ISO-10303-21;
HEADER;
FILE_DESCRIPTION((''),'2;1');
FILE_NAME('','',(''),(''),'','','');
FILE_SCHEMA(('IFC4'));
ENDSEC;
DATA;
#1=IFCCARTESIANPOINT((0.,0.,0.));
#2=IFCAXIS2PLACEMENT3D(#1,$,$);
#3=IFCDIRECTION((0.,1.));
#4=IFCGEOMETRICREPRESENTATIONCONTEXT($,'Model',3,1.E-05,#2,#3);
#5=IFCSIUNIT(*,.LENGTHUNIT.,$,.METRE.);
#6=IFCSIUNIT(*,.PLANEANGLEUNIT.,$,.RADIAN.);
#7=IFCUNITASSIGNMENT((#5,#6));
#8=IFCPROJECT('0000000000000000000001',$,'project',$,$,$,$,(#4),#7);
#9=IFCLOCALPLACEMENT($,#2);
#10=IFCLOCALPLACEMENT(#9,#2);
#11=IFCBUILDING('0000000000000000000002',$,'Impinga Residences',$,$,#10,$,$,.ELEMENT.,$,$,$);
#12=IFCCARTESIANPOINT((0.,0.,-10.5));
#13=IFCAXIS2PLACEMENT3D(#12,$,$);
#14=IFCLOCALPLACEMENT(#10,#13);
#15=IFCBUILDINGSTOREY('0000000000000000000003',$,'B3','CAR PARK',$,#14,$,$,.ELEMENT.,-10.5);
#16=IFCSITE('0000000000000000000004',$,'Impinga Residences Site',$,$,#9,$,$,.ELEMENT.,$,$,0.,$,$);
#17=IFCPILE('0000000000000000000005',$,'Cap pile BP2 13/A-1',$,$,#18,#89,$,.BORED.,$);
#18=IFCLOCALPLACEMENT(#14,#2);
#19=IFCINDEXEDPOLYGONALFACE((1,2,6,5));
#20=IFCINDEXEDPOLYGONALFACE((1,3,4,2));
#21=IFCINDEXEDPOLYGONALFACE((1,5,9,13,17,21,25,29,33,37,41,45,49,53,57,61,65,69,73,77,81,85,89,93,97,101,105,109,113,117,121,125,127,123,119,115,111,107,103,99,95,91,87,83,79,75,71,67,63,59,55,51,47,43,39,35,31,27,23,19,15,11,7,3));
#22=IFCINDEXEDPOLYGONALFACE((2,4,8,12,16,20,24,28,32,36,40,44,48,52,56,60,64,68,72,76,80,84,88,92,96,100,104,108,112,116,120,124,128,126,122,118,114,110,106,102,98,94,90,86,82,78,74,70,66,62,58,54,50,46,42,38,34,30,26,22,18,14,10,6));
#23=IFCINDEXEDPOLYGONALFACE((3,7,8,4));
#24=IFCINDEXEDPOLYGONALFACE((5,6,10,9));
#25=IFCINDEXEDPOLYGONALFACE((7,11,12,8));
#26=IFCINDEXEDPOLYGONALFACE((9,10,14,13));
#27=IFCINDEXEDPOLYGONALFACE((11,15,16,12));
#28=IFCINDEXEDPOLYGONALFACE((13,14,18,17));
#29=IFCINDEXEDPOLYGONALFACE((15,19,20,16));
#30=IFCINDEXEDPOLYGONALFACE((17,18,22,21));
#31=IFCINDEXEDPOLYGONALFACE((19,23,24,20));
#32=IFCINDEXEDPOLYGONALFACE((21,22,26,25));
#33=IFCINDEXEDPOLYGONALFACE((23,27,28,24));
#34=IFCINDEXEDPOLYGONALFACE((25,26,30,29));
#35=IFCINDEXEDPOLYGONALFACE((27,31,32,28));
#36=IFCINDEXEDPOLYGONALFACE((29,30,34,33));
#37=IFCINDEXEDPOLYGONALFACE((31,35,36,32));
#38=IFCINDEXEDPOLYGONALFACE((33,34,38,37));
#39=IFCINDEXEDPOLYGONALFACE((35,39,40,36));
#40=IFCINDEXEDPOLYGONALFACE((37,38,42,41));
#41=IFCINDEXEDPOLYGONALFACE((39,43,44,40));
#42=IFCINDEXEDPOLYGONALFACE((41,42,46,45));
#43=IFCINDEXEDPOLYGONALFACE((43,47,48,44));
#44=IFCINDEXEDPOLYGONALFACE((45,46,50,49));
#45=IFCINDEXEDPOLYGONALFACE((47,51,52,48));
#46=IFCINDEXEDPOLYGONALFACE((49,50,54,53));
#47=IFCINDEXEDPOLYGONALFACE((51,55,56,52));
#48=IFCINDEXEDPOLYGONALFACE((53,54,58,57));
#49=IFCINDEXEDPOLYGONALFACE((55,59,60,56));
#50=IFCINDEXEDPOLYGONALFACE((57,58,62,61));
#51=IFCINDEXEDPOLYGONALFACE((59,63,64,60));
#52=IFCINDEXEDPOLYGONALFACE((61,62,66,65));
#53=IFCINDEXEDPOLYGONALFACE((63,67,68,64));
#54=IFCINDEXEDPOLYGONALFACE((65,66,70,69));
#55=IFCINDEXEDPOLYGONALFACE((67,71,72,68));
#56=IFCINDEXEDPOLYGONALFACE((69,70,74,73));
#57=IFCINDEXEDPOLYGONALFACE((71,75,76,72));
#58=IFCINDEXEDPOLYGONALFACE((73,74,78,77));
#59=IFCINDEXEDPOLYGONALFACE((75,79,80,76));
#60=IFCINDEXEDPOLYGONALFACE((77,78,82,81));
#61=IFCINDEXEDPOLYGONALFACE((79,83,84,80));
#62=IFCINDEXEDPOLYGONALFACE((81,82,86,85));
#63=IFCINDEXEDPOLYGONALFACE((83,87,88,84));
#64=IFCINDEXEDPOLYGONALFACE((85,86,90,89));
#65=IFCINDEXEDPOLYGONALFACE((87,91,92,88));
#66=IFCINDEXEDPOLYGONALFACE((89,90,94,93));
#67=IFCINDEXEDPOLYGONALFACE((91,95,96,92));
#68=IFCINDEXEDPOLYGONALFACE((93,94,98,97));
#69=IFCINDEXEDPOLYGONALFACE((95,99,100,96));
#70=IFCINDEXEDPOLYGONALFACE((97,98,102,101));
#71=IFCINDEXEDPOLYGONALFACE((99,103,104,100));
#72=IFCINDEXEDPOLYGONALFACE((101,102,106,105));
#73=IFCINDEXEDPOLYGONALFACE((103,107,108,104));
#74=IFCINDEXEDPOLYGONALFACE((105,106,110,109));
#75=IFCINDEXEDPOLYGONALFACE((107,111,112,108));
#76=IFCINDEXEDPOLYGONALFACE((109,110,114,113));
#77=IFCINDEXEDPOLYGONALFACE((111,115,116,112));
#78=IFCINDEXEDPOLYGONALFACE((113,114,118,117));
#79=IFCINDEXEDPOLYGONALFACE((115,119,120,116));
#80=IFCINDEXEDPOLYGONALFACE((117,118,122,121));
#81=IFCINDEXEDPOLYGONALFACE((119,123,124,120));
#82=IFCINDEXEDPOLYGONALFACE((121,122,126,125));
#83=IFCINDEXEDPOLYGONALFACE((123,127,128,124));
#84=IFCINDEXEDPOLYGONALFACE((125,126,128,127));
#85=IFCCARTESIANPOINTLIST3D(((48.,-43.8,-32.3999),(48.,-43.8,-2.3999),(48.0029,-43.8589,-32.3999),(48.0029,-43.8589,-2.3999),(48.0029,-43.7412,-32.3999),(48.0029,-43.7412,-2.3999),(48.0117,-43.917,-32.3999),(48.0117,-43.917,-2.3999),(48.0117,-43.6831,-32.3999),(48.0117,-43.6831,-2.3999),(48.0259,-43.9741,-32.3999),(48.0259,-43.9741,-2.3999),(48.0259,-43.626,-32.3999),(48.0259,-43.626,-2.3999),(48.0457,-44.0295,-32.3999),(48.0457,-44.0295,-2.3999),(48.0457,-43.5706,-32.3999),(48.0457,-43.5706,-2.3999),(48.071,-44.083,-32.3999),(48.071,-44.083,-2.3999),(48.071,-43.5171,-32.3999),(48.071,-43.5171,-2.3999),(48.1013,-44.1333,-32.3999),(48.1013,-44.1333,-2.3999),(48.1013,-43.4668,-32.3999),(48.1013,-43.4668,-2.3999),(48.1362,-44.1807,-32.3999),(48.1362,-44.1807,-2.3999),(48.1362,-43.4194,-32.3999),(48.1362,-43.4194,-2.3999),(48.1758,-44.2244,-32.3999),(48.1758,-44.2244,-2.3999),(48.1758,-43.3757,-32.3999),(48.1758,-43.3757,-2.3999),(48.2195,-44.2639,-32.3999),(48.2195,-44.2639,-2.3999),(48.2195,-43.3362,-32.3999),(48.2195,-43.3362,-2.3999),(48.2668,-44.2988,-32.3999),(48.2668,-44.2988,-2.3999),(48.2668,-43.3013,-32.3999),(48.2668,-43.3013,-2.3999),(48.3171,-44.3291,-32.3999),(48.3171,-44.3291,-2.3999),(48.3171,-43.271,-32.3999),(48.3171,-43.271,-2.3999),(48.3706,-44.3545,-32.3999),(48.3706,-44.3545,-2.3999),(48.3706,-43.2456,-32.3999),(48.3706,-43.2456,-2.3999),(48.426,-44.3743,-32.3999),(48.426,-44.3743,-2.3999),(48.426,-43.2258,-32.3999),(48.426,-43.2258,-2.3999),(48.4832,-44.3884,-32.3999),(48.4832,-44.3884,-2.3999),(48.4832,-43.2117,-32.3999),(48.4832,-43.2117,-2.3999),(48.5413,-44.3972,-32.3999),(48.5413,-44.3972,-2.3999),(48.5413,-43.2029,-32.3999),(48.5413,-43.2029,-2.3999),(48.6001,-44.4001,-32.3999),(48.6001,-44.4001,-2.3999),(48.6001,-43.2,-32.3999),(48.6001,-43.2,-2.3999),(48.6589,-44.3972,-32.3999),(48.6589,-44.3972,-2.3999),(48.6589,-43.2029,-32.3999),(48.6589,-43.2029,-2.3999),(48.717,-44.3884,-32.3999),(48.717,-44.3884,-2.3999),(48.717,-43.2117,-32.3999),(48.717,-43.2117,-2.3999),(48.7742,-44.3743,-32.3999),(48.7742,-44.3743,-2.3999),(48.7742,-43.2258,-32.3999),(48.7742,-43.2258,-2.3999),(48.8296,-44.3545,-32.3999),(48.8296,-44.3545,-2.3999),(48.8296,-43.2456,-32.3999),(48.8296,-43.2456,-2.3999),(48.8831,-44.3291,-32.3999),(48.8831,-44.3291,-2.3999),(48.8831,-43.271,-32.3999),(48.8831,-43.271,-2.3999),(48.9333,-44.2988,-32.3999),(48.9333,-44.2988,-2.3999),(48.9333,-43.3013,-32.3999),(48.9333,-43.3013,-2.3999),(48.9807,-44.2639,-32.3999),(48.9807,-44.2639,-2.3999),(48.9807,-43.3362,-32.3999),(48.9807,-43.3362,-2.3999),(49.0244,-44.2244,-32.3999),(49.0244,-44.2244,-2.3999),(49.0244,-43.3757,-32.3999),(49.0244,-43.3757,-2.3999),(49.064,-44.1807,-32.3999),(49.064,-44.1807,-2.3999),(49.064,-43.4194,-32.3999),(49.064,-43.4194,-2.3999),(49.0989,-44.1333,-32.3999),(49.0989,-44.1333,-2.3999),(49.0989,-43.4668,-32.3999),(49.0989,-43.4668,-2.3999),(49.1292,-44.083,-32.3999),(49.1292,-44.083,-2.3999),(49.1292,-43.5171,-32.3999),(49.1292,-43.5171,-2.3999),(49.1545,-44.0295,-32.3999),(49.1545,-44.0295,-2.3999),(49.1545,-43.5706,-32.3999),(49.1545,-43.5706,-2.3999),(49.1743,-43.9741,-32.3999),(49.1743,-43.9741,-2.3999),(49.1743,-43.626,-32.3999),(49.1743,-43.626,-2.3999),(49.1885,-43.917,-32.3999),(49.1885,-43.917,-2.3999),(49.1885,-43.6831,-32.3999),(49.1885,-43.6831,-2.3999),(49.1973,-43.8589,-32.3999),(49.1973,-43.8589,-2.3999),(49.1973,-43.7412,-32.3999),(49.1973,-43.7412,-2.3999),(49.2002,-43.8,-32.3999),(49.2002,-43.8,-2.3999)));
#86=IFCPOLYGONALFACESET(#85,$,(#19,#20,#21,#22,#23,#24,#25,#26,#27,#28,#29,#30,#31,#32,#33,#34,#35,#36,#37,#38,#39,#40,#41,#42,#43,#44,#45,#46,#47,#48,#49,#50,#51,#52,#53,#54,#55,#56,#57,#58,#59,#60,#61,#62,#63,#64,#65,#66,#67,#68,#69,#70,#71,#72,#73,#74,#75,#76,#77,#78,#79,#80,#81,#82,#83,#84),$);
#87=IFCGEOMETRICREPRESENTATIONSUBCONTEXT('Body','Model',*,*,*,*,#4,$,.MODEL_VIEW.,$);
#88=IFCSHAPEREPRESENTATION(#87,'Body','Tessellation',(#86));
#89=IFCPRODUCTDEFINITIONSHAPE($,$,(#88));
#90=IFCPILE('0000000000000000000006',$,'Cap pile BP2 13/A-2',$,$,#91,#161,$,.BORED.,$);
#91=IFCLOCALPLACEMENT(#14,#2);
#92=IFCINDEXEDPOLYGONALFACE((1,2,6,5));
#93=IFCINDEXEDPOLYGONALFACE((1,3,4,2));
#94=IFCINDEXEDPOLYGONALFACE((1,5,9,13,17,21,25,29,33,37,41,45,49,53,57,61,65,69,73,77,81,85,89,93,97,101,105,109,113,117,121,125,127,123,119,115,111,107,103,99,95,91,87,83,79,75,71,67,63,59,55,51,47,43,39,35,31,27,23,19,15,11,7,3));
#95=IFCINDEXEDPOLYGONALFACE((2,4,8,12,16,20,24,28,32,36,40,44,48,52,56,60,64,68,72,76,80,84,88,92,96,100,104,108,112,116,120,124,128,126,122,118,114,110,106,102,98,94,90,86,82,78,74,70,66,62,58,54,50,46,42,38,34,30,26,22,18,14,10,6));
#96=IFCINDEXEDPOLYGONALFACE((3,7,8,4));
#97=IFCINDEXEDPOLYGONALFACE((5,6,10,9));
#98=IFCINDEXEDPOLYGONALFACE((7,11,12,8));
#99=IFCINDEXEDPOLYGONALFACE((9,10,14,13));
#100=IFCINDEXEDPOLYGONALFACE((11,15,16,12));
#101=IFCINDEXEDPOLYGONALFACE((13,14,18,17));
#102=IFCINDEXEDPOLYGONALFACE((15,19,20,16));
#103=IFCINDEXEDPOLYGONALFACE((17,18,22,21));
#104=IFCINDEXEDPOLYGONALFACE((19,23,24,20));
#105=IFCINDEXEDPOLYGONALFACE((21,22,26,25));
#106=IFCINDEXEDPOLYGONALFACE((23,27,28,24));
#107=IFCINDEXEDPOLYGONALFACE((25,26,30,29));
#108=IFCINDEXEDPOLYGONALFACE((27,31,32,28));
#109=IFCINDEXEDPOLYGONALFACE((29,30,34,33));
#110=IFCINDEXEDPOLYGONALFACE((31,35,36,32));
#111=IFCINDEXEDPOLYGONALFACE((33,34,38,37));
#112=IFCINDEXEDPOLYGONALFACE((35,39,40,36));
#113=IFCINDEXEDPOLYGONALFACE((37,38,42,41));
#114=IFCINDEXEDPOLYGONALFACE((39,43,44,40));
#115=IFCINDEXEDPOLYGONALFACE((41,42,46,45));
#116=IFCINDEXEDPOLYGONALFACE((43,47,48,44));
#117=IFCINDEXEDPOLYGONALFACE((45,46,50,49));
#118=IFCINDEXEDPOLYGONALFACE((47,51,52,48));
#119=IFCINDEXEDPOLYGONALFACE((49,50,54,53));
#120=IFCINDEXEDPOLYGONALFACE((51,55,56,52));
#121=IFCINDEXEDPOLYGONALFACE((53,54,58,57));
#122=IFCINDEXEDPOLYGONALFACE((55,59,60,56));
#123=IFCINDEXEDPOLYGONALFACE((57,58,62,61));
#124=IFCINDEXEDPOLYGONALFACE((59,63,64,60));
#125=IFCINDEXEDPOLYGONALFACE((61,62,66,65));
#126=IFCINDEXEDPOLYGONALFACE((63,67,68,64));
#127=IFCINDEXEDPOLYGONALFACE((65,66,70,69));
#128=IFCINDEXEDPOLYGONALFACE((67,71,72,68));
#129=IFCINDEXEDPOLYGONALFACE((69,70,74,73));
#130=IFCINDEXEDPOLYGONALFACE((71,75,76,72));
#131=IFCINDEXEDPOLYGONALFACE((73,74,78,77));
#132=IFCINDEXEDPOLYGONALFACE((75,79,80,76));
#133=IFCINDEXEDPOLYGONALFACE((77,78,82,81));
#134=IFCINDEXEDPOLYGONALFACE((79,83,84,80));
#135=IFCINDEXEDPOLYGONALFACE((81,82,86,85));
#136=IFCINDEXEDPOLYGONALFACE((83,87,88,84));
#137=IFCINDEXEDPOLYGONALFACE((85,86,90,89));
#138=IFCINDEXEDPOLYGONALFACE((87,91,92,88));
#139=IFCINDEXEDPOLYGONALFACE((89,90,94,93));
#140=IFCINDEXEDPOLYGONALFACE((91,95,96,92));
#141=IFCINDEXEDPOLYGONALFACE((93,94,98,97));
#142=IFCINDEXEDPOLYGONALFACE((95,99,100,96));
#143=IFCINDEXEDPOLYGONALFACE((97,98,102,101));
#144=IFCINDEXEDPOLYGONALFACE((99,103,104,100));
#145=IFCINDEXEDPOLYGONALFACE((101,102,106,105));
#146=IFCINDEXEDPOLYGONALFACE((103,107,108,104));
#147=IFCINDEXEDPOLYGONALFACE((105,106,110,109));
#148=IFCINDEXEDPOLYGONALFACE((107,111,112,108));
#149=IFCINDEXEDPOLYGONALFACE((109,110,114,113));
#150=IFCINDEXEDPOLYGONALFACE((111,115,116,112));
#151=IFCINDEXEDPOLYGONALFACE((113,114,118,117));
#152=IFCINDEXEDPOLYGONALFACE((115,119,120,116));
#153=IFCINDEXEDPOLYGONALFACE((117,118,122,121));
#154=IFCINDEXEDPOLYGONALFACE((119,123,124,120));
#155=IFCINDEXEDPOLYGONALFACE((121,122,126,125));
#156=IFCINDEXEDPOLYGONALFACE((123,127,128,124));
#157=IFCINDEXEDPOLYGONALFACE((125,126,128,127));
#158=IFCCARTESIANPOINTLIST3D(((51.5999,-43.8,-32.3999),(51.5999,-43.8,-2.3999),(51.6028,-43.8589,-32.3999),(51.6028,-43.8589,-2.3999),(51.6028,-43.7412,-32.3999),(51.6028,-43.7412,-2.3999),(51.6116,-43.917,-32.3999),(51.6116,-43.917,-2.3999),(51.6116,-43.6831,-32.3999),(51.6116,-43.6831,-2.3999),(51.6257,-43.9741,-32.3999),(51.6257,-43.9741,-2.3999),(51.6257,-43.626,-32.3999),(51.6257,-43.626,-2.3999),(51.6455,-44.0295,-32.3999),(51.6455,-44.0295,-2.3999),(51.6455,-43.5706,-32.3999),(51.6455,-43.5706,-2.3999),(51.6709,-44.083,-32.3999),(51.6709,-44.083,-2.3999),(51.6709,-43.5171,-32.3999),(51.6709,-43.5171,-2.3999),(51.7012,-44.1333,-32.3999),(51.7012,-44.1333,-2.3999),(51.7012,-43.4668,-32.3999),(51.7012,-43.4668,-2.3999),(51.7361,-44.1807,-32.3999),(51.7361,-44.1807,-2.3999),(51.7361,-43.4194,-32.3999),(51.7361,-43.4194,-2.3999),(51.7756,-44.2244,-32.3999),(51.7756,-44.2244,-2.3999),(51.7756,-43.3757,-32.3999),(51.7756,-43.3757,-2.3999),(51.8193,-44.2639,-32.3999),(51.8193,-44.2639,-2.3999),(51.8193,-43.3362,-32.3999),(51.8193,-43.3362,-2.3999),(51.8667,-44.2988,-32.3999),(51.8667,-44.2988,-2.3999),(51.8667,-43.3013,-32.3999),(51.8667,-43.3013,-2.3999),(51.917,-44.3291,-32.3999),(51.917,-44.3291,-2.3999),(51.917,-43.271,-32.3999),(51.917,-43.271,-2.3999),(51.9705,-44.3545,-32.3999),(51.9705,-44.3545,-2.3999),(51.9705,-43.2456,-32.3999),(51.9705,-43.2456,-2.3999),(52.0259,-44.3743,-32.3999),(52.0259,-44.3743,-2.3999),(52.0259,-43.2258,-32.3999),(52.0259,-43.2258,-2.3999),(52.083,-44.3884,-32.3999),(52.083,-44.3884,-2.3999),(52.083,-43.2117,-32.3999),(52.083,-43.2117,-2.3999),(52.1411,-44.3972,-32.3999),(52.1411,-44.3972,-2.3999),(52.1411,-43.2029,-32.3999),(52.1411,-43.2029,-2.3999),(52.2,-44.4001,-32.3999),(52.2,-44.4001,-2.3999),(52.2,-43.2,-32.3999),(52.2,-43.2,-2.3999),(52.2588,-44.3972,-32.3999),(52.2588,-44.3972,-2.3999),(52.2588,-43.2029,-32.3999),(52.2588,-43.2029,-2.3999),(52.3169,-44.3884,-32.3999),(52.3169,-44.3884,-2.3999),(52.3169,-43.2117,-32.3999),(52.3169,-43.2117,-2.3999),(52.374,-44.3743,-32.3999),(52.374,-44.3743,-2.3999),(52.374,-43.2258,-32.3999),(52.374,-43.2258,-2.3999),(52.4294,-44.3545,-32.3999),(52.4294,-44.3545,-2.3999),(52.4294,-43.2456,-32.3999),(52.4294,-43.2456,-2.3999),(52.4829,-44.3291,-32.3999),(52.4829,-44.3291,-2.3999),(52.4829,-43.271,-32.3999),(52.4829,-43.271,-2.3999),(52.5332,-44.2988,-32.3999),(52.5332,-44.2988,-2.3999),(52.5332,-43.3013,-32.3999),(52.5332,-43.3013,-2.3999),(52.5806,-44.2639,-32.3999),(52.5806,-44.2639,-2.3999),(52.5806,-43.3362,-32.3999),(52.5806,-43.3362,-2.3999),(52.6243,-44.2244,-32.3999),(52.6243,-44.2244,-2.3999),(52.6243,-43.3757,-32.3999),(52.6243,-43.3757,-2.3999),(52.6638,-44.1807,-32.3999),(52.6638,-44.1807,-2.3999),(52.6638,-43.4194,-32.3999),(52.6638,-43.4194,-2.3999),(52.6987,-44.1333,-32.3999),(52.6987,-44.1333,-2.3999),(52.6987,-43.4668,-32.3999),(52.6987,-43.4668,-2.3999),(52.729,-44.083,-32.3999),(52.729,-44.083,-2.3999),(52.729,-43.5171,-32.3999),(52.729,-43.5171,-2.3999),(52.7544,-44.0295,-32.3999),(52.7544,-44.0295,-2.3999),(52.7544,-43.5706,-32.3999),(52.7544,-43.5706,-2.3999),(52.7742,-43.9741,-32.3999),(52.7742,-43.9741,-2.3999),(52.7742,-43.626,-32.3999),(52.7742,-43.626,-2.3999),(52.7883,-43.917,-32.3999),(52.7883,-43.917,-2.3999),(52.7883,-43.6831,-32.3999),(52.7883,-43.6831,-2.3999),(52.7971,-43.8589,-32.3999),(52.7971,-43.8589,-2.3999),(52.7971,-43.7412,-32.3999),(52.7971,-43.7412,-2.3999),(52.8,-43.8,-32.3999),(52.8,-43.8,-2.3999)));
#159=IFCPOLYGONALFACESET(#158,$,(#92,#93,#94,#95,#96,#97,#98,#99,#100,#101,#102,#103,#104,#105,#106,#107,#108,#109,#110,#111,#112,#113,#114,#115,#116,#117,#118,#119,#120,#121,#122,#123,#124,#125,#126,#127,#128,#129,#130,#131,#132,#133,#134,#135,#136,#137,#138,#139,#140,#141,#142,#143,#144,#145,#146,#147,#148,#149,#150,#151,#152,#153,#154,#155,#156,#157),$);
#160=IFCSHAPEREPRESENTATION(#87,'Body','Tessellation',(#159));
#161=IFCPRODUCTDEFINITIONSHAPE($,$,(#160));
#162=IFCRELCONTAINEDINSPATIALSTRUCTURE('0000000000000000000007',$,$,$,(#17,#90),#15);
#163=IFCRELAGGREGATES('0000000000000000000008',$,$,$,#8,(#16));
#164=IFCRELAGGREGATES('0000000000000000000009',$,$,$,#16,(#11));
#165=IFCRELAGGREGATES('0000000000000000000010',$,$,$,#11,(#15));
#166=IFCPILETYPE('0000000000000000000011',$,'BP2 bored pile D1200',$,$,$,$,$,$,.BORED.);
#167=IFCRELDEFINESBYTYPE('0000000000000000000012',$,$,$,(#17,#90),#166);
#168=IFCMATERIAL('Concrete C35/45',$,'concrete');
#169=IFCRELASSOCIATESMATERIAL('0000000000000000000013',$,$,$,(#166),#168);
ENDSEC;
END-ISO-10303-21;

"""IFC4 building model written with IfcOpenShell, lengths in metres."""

from ifc_helpers import new_model, si_unit, direction, frame, origin, origin_2d, place, context, subcontext, project, spatial, polyline, circle, outline, extrude, material, material_profile, profile_set, type_object, element, save


model = new_model("IFC4")

# Units and contexts
model_context = context("Model", 3, precision=1e-05, world=origin(), true_north=direction((0.0, 1.0)))
body_context = subcontext(model_context, "Body", "Model", "MODEL_VIEW")
ifc_project = project(units=[si_unit("LENGTHUNIT", "METRE"), si_unit("PLANEANGLEUNIT", "RADIAN")], contexts=[model_context])

# Site, building, storey
site_placement = place(None, origin())
site = spatial("IfcSite", under=ifc_project, at=site_placement, Name="Impinga Residences Site", CompositionType="ELEMENT", RefElevation=0.0)
building_placement = place(site_placement, origin())
building = spatial("IfcBuilding", under=site, at=building_placement, Name="Impinga Residences", CompositionType="ELEMENT")
storey_placement = place(building_placement, frame((0.0, 0.0, -10.5)))
storey = spatial("IfcBuildingStorey", under=building, at=storey_placement, Name="B3", Description="CAR PARK", CompositionType="ELEMENT", Elevation=-10.5)

# Piles
ifc_material_1 = material(Name="Concrete C35/45", Category="concrete")
ifc_material_profile_1 = material_profile(ifc_material_1, circle(Radius=0.6001, at=origin_2d()), Name="D1200")
ifc_profile_set_1 = profile_set([ifc_material_profile_1], Name="Concrete C35/45")
pile_type_1 = type_object("IfcPileType", Name="BP2 bored pile D1200", PredefinedType="BORED", material=ifc_profile_set_1)
pile_1_placement = place(storey_placement, frame((48.6001, -43.8, -2.3999), z_axis=(0.0, 0.0, -1.0), x_axis=(1.0, 0.0, 0.0)))
element("IfcPile", 1, at=pile_1_placement, inside=storey, type_object=pile_type_1, Name="Cap pile BP2 13/A-1", PredefinedType="BORED", context=body_context, shape_type="SweptSolid", body=[
    extrude(outline(polyline([(0.6001, 0.0), (0.5972, 0.0588), (0.5884, 0.1169), (0.5742, 0.1741), (0.5544, 0.2295), (0.5291, 0.283), (0.4988, 0.3333), (0.4639, 0.3806), (0.4243, 0.4243), (0.3806, 0.4639), (0.3333, 0.4988), (0.283, 0.5291), (0.2295, 0.5544), (0.1741, 0.5742), (0.1169, 0.5884), (0.0588, 0.5972), (0.0, 0.6001), (-0.0588, 0.5972), (-0.1169, 0.5884), (-0.1741, 0.5742), (-0.2295, 0.5544), (-0.283, 0.5291), (-0.3333, 0.4988), (-0.3806, 0.4639), (-0.4243, 0.4243), (-0.4639, 0.3806), (-0.4988, 0.3333), (-0.5291, 0.283), (-0.5544, 0.2295), (-0.5742, 0.1741), (-0.5884, 0.1169), (-0.5972, 0.0588), (-0.6001, 0.0), (-0.5972, -0.0588), (-0.5884, -0.1169), (-0.5742, -0.1741), (-0.5544, -0.2295), (-0.5291, -0.283), (-0.4988, -0.3333), (-0.4639, -0.3806), (-0.4243, -0.4243), (-0.3806, -0.4639), (-0.3333, -0.4988), (-0.283, -0.5291), (-0.2295, -0.5544), (-0.1741, -0.5742), (-0.1169, -0.5884), (-0.0588, -0.5972), (0.0, -0.6001), (0.0588, -0.5972), (0.1169, -0.5884), (0.1741, -0.5742), (0.2295, -0.5544), (0.283, -0.5291), (0.3333, -0.4988), (0.3806, -0.4639), (0.4243, -0.4243), (0.4639, -0.3806), (0.4988, -0.3333), (0.5291, -0.283), (0.5544, -0.2295), (0.5742, -0.1741), (0.5884, -0.1169), (0.5972, -0.0588), (0.6001, 0.0)])), origin(), (0.0, 0.0, 1.0), 30.0),
])
pile_2_placement = place(storey_placement, frame((52.2, -43.8, -2.3999), z_axis=(0.0, 0.0, -1.0), x_axis=(1.0, 0.0, 0.0)))
element("IfcPile", 2, at=pile_2_placement, inside=storey, type_object=pile_type_1, Name="Cap pile BP2 13/A-2", PredefinedType="BORED", context=body_context, shape_type="SweptSolid", body=[
    extrude(outline(polyline([(0.6001, 0.0), (0.5972, 0.0588), (0.5884, 0.1169), (0.5742, 0.1741), (0.5544, 0.2295), (0.5291, 0.283), (0.4988, 0.3333), (0.4639, 0.3806), (0.4243, 0.4243), (0.3806, 0.4639), (0.3333, 0.4988), (0.283, 0.5291), (0.2295, 0.5544), (0.1741, 0.5742), (0.1169, 0.5884), (0.0588, 0.5972), (0.0, 0.6001), (-0.0588, 0.5972), (-0.1169, 0.5884), (-0.1741, 0.5742), (-0.2295, 0.5544), (-0.283, 0.5291), (-0.3333, 0.4988), (-0.3806, 0.4639), (-0.4243, 0.4243), (-0.4639, 0.3806), (-0.4988, 0.3333), (-0.5291, 0.283), (-0.5544, 0.2295), (-0.5742, 0.1741), (-0.5884, 0.1169), (-0.5972, 0.0588), (-0.6001, 0.0), (-0.5972, -0.0588), (-0.5884, -0.1169), (-0.5742, -0.1741), (-0.5544, -0.2295), (-0.5291, -0.283), (-0.4988, -0.3333), (-0.4639, -0.3806), (-0.4243, -0.4243), (-0.3806, -0.4639), (-0.3333, -0.4988), (-0.283, -0.5291), (-0.2295, -0.5544), (-0.1741, -0.5742), (-0.1169, -0.5884), (-0.0588, -0.5972), (0.0, -0.6001), (0.0588, -0.5972), (0.1169, -0.5884), (0.1741, -0.5742), (0.2295, -0.5544), (0.283, -0.5291), (0.3333, -0.4988), (0.3806, -0.4639), (0.4243, -0.4243), (0.4639, -0.3806), (0.4988, -0.3333), (0.5291, -0.283), (0.5544, -0.2295), (0.5742, -0.1741), (0.5884, -0.1169), (0.5972, -0.0588), (0.6001, 0.0)])), origin(), (0.0, 0.0, 1.0), 30.0),
])

save(model, "model.ifc")
